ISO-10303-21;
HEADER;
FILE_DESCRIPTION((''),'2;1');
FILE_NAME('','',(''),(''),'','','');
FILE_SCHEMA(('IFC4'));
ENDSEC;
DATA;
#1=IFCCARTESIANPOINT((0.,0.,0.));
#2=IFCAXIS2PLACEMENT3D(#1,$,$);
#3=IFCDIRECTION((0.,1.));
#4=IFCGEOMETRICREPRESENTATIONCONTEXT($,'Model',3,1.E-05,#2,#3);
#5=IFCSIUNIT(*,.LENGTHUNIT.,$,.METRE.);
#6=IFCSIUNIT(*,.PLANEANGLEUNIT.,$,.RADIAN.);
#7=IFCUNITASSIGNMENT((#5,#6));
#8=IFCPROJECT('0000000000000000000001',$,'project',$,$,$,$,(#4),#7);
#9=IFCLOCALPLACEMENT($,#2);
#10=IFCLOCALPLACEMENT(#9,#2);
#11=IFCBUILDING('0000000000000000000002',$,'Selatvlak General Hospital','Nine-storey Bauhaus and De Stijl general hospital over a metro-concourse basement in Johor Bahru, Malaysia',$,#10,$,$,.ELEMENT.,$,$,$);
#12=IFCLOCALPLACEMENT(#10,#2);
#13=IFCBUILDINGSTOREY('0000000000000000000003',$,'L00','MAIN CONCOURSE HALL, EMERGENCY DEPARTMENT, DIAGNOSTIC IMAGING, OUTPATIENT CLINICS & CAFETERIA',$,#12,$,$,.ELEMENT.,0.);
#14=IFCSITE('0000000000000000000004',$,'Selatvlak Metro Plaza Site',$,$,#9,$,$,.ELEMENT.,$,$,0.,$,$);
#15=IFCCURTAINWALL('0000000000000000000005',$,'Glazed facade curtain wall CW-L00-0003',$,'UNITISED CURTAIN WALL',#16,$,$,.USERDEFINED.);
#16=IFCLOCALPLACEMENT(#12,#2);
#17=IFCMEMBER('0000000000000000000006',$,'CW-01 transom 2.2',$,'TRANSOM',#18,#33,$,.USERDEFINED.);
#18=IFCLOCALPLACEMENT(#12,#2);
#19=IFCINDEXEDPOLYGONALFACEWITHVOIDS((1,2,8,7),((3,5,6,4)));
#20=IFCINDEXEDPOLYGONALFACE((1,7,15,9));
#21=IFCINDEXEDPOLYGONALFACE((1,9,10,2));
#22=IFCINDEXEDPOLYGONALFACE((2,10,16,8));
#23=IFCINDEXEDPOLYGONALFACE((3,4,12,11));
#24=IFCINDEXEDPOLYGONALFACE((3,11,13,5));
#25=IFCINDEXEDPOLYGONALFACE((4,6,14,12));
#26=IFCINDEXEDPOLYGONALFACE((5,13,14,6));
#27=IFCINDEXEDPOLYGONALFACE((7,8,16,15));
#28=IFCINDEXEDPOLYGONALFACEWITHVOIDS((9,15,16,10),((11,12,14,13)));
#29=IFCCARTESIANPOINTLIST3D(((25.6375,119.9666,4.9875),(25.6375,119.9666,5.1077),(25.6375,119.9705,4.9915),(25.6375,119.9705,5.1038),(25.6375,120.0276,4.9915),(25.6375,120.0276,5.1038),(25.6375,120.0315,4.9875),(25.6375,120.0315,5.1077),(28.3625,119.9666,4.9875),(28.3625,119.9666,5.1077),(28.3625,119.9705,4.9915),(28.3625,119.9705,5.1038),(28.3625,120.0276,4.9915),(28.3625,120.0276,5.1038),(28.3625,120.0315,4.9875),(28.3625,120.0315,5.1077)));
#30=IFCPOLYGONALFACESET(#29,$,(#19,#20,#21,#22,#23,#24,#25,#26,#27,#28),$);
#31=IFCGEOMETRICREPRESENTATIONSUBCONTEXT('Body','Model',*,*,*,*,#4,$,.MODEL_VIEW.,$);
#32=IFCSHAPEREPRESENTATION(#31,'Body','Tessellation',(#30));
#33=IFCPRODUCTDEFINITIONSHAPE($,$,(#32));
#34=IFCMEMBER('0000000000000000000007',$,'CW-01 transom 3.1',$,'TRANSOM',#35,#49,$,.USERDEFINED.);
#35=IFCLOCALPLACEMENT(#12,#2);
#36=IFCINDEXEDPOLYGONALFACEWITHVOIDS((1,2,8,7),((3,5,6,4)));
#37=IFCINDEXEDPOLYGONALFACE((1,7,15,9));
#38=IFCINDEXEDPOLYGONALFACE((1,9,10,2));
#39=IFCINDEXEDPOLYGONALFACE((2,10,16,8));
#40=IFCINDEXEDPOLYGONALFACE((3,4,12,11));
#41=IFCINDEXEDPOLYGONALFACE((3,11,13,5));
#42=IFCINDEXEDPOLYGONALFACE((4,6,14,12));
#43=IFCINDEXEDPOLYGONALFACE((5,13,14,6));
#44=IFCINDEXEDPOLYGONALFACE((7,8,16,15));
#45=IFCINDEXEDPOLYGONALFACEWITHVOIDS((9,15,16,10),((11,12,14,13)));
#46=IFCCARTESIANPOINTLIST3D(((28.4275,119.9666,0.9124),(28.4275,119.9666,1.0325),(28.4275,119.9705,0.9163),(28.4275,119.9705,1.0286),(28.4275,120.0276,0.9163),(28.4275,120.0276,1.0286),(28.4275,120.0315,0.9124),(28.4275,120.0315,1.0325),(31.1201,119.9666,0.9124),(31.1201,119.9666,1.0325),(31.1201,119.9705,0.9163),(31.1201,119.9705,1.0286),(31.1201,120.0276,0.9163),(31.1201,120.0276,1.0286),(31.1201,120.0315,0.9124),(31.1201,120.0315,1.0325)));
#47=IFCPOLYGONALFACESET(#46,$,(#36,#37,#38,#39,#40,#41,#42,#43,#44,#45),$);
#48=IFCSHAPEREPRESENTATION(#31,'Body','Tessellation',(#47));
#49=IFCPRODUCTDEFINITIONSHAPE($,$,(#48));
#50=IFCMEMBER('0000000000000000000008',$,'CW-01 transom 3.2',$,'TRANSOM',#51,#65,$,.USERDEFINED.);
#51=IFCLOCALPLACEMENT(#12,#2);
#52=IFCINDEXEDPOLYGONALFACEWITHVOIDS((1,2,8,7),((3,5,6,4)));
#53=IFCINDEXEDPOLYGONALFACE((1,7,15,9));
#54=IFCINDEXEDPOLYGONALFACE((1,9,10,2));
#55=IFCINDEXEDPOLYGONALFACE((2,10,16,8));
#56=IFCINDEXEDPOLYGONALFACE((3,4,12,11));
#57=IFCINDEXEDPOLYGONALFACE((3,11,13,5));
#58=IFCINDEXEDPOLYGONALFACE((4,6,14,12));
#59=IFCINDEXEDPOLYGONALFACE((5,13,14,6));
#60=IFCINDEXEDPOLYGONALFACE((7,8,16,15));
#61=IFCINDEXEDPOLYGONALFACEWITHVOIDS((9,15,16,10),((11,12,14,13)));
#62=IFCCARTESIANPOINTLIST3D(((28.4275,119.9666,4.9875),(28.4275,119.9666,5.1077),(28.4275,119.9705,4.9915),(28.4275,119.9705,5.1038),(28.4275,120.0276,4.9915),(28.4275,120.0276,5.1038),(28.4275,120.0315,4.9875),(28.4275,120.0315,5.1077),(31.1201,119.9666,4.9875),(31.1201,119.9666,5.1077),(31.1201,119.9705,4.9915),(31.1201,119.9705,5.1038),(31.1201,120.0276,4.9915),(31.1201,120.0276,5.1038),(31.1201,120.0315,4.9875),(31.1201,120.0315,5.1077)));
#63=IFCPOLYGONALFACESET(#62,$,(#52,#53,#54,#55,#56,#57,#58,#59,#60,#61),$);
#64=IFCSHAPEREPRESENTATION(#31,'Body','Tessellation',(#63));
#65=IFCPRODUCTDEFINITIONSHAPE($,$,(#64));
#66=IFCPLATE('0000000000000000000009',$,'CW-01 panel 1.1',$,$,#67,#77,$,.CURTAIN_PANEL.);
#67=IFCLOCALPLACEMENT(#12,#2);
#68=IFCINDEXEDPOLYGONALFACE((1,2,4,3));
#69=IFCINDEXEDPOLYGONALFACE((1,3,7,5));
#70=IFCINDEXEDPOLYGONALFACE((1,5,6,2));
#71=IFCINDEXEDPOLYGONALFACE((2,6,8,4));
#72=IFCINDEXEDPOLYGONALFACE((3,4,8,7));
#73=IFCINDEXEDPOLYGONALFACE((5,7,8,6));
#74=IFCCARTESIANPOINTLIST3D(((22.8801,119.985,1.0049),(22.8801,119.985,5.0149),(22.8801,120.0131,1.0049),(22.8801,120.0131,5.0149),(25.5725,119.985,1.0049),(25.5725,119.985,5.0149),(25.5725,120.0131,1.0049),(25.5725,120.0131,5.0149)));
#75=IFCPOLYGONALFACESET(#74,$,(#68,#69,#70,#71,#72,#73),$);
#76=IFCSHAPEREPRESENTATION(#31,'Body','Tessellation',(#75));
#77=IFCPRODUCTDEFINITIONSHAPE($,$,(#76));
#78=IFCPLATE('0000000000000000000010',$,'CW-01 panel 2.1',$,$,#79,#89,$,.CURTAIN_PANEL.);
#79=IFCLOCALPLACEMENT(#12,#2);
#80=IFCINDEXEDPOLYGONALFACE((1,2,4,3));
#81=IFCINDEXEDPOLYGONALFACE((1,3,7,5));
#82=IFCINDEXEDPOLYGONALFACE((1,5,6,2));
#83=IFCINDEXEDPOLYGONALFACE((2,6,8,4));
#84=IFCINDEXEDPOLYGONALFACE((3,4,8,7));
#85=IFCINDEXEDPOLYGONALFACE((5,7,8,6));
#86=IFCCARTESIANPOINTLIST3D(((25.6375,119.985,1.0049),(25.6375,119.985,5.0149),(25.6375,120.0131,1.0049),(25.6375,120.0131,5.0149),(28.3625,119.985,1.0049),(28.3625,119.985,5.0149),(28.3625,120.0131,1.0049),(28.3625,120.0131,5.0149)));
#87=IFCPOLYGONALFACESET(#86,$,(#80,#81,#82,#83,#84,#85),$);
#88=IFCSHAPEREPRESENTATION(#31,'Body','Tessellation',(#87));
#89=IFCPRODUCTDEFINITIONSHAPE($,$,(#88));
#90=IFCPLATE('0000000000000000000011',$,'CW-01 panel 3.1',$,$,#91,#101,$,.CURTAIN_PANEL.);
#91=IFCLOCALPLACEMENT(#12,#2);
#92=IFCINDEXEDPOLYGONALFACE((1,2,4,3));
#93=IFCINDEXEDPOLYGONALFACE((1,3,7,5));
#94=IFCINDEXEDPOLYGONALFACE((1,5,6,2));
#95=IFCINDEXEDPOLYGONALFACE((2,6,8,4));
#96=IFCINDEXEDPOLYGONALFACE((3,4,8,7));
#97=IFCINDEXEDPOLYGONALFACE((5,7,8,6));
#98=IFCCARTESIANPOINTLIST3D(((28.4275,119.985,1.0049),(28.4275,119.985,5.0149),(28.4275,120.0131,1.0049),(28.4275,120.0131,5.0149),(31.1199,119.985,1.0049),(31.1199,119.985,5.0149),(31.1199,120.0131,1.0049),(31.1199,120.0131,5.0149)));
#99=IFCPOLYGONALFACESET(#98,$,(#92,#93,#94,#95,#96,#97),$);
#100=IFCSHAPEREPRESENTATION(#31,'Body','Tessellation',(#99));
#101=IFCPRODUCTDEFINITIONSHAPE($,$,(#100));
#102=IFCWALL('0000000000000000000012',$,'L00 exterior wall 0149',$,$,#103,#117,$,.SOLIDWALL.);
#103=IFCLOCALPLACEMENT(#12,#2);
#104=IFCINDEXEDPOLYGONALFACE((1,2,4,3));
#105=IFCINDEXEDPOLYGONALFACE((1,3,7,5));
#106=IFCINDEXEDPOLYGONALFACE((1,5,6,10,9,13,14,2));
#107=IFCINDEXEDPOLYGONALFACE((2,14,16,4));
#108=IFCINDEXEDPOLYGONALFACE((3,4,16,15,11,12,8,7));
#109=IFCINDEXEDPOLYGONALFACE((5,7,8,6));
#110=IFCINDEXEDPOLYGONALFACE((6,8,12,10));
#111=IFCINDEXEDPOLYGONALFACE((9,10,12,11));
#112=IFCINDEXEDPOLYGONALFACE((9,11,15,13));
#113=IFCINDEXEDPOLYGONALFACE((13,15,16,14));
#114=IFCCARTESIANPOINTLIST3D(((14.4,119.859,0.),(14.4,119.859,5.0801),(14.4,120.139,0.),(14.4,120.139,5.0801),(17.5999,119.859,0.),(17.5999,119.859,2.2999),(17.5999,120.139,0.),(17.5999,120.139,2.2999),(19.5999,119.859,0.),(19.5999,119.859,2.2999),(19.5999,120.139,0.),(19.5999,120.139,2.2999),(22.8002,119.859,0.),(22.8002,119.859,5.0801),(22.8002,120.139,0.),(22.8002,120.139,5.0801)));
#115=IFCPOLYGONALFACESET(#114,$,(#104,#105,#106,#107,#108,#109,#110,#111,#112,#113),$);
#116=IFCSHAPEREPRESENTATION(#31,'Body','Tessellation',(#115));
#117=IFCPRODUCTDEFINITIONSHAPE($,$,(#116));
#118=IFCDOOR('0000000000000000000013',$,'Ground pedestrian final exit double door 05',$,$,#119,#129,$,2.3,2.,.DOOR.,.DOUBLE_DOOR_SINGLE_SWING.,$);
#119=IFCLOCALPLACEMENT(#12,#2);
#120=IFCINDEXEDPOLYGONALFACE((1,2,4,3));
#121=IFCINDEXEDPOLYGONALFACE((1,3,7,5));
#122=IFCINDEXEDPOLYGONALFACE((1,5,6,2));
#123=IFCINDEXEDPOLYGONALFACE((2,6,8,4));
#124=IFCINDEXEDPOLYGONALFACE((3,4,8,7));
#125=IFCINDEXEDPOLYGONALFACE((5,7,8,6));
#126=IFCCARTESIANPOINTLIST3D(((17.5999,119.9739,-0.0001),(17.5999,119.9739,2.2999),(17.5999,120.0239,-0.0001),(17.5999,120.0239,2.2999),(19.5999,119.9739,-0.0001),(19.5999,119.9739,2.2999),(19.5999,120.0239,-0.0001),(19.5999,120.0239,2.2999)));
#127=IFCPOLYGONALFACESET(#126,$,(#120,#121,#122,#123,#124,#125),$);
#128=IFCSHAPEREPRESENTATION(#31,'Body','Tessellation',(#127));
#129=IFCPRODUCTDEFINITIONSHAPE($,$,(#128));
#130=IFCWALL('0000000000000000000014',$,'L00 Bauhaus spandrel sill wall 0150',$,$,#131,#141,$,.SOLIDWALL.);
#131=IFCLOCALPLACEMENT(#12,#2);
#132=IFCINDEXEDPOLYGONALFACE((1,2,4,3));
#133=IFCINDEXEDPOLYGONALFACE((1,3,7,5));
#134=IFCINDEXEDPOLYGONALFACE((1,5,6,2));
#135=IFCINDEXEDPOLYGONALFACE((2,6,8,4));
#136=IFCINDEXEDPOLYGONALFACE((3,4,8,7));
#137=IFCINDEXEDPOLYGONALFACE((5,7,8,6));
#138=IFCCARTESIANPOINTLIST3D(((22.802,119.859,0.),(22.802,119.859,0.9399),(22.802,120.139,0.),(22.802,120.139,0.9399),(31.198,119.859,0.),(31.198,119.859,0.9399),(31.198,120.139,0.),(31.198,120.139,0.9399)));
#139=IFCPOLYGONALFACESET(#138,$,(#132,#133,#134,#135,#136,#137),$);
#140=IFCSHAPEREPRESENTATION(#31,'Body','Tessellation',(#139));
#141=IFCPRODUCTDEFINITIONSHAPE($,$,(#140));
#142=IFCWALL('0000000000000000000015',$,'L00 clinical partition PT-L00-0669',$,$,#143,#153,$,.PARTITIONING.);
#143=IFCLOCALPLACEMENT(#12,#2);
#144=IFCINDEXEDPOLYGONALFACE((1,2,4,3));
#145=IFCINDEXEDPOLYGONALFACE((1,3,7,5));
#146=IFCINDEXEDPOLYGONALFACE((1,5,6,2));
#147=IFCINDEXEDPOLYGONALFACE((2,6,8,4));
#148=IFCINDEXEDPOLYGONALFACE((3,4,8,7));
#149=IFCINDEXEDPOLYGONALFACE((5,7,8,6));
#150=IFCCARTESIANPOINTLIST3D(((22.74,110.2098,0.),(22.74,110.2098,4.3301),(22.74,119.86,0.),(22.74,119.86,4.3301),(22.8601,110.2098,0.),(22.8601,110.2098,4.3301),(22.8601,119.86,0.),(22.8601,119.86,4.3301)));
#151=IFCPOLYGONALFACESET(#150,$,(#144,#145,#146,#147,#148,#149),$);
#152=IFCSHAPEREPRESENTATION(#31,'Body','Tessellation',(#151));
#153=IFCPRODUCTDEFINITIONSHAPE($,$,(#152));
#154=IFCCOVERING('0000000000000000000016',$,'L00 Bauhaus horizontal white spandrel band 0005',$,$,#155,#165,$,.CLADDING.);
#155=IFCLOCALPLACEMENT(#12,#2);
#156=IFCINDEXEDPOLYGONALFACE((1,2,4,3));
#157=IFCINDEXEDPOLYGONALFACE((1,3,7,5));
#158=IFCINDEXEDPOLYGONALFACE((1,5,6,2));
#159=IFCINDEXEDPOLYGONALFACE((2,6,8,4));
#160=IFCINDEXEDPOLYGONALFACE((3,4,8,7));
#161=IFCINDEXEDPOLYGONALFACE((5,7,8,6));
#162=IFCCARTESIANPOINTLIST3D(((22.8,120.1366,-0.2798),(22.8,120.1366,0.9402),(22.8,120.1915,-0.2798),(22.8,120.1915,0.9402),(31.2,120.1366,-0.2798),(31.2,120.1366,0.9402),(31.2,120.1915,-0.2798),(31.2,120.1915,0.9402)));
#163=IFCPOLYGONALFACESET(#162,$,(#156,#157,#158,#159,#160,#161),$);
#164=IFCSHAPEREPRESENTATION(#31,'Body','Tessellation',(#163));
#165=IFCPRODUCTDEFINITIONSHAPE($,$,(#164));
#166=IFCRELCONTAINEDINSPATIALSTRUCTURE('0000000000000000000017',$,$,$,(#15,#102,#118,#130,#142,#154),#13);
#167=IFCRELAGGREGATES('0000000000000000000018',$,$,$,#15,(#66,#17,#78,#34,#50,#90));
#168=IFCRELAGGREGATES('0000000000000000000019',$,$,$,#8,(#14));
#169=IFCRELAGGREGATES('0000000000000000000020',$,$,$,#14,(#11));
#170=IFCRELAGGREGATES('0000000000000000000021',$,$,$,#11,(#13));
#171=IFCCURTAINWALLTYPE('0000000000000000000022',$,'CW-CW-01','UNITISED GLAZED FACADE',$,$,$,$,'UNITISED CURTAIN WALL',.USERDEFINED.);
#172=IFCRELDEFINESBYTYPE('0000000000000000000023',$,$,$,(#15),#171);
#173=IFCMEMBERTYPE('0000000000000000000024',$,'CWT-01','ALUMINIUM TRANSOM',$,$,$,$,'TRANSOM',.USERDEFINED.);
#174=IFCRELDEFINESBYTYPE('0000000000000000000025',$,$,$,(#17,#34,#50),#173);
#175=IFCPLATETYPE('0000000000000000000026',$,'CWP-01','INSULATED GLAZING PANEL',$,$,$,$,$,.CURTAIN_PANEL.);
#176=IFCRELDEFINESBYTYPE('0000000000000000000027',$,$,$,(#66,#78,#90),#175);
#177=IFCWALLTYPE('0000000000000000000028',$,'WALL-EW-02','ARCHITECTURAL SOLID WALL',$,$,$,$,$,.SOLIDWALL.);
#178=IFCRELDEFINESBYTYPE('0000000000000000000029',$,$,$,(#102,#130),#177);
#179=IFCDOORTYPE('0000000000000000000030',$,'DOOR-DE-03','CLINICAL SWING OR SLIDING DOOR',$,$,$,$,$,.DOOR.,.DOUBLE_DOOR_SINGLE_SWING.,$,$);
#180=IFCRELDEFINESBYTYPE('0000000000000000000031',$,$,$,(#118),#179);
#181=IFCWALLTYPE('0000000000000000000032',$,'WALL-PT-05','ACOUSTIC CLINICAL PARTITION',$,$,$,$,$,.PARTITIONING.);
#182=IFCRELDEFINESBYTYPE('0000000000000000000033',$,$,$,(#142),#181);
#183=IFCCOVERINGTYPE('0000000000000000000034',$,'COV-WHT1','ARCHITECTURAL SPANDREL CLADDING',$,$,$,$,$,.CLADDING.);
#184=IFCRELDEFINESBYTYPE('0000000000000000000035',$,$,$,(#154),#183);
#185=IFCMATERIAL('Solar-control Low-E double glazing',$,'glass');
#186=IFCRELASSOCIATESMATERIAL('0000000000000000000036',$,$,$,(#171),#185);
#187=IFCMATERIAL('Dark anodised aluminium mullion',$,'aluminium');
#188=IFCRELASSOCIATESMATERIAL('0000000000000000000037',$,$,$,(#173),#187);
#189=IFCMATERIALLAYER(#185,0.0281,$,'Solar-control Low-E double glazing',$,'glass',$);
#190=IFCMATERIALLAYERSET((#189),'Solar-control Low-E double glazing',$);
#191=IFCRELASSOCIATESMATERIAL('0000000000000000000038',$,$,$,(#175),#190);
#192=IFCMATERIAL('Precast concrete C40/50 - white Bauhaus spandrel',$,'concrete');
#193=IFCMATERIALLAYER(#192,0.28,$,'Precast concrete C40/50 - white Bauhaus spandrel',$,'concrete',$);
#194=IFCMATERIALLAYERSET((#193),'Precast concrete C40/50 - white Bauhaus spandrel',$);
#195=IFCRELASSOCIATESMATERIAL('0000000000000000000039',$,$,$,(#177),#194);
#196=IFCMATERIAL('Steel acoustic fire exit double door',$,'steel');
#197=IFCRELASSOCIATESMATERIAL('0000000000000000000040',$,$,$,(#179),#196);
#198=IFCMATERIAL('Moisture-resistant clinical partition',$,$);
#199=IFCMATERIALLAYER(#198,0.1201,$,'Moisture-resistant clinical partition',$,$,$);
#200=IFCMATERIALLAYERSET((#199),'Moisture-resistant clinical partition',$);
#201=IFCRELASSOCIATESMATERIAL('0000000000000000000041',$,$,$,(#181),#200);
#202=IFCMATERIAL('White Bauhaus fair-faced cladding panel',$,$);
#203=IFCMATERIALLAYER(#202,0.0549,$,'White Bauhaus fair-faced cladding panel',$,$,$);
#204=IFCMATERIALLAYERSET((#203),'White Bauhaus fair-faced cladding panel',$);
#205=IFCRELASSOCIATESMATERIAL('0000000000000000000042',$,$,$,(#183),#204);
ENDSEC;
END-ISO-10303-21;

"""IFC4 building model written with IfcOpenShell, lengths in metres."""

from ifc_helpers import new_model, si_unit, direction, frame, frame_2d, origin, origin_2d, place, context, subcontext, project, spatial, rectangle, hollow_rectangle, extrude, material, layer, layer_set, material_profile, profile_set, type_object, element, fill, aggregate, save


model = new_model("IFC4")

# Units and contexts
model_context = context("Model", 3, precision=1e-05, world=origin(), true_north=direction((0.0, 1.0)))
body_context = subcontext(model_context, "Body", "Model", "MODEL_VIEW")
ifc_project = project(units=[si_unit("LENGTHUNIT", "METRE"), si_unit("PLANEANGLEUNIT", "RADIAN")], contexts=[model_context])

# Site, building, storey
site_placement = place(None, origin())
site = spatial("IfcSite", under=ifc_project, at=site_placement, Name="Selatvlak Metro Plaza Site", CompositionType="ELEMENT", RefElevation=0.0)
building_placement = place(site_placement, origin())
building = spatial("IfcBuilding", under=site, at=building_placement, Name="Selatvlak General Hospital", Description="Nine-storey Bauhaus and De Stijl general hospital over a metro-concourse basement in Johor Bahru, Malaysia", CompositionType="ELEMENT")
storey_placement = place(building_placement, origin())
storey = spatial("IfcBuildingStorey", under=building, at=storey_placement, Name="L00", Description="MAIN CONCOURSE HALL, EMERGENCY DEPARTMENT, DIAGNOSTIC IMAGING, OUTPATIENT CLINICS & CAFETERIA", CompositionType="ELEMENT", Elevation=0.0)

# Curtain wall, members, plates
ifc_material_1 = material(Name="Solar-control Low-E double glazing", Category="glass")
curtain_wall_type = type_object("IfcCurtainWallType", Name="CW-CW-01", Description="UNITISED GLAZED FACADE", ElementType="UNITISED CURTAIN WALL", PredefinedType="USERDEFINED", material=ifc_material_1)
curtain_wall_placement = place(storey_placement, origin())
curtain_wall = element("IfcCurtainWall", 1, at=curtain_wall_placement, inside=storey, type_object=curtain_wall_type, Name="Glazed facade curtain wall CW-L00-0003", ObjectType="UNITISED CURTAIN WALL", PredefinedType="USERDEFINED")
ifc_material_2 = material(Name="Dark anodised aluminium mullion", Category="aluminium")
ifc_material_profile_1 = material_profile(ifc_material_2, hollow_rectangle(XDim=0.0649, YDim=0.1201, WallThickness=0.0039, at=origin_2d()), Name="AL-TRN 65x120x4")
ifc_profile_set_1 = profile_set([ifc_material_profile_1], Name="Dark anodised aluminium mullion")
member_type_1 = type_object("IfcMemberType", Name="CWT-01", Description="ALUMINIUM TRANSOM", ElementType="TRANSOM", PredefinedType="USERDEFINED", material=ifc_profile_set_1)
member_1_placement = place(storey_placement, frame((25.6375, 119.999, 5.0476), z_axis=(1.0, 0.0, 0.0), x_axis=(0.0, 1.0, 0.0)))
member_1 = element("IfcMember", 2, at=member_1_placement, type_object=member_type_1, Name="CW-01 transom 2.2", ObjectType="TRANSOM", PredefinedType="USERDEFINED", context=body_context, shape_type="SweptSolid", body=[
    extrude(hollow_rectangle(XDim=0.0649, YDim=0.1201, WallThickness=0.0039, at=origin_2d()), origin(), (0.0, 0.0, 1.0), 2.7251),
])
member_2_placement = place(storey_placement, frame((28.4275, 119.999, 0.9724), z_axis=(1.0, 0.0, 0.0), x_axis=(0.0, 1.0, 0.0)))
member_2 = element("IfcMember", 3, at=member_2_placement, type_object=member_type_1, Name="CW-01 transom 3.1", ObjectType="TRANSOM", PredefinedType="USERDEFINED", context=body_context, shape_type="SweptSolid", body=[
    extrude(hollow_rectangle(XDim=0.0649, YDim=0.1201, WallThickness=0.0039, at=origin_2d()), origin(), (0.0, 0.0, 1.0), 2.6926),
])
member_3_placement = place(storey_placement, frame((28.4275, 119.999, 5.0476), z_axis=(1.0, 0.0, 0.0), x_axis=(0.0, 1.0, 0.0)))
member_3 = element("IfcMember", 4, at=member_3_placement, type_object=member_type_1, Name="CW-01 transom 3.2", ObjectType="TRANSOM", PredefinedType="USERDEFINED", context=body_context, shape_type="SweptSolid", body=[
    extrude(hollow_rectangle(XDim=0.0649, YDim=0.1201, WallThickness=0.0039, at=origin_2d()), origin(), (0.0, 0.0, 1.0), 2.6926),
])
ifc_layer_1 = layer(ifc_material_1, 0.0281, Name="Solar-control Low-E double glazing", Category="glass")
ifc_layer_set_1 = layer_set([ifc_layer_1], Name="Solar-control Low-E double glazing")
plate_type = type_object("IfcPlateType", Name="CWP-01", Description="INSULATED GLAZING PANEL", PredefinedType="CURTAIN_PANEL", material=ifc_layer_set_1)
plate_1_placement = place(storey_placement, frame((24.2263, 119.999, 1.0049), z_axis=(0.0, 0.0, 1.0), x_axis=(1.0, 0.0, 0.0)))
plate_1 = element("IfcPlate", 5, at=plate_1_placement, type_object=plate_type, Name="CW-01 panel 1.1", PredefinedType="CURTAIN_PANEL", context=body_context, shape_type="SweptSolid", body=[
    extrude(rectangle(XDim=2.6924, YDim=0.0281, at=origin_2d()), origin(), (0.0, 0.0, 1.0), 4.01),
])
plate_2_placement = place(storey_placement, frame((27.0, 119.999, 1.0049), z_axis=(0.0, 0.0, 1.0), x_axis=(1.0, 0.0, 0.0)))
plate_2 = element("IfcPlate", 6, at=plate_2_placement, type_object=plate_type, Name="CW-01 panel 2.1", PredefinedType="CURTAIN_PANEL", context=body_context, shape_type="SweptSolid", body=[
    extrude(rectangle(XDim=2.7251, YDim=0.0281, at=origin_2d()), origin(), (0.0, 0.0, 1.0), 4.01),
])
plate_3_placement = place(storey_placement, frame((29.7737, 119.999, 1.0049), z_axis=(0.0, 0.0, 1.0), x_axis=(1.0, 0.0, 0.0)))
plate_3 = element("IfcPlate", 7, at=plate_3_placement, type_object=plate_type, Name="CW-01 panel 3.1", PredefinedType="CURTAIN_PANEL", context=body_context, shape_type="SweptSolid", body=[
    extrude(rectangle(XDim=2.6924, YDim=0.0281, at=origin_2d()), origin(), (0.0, 0.0, 1.0), 4.01),
])
aggregate(curtain_wall, [plate_1, member_1, plate_2, member_2, member_3, plate_3])

# Wall, opening, door
ifc_material_3 = material(Name="Precast concrete C40/50 - white Bauhaus spandrel", Category="concrete")
ifc_layer_2 = layer(ifc_material_3, 0.28, Name="Precast concrete C40/50 - white Bauhaus spandrel", Category="concrete")
ifc_layer_set_2 = layer_set([ifc_layer_2], Name="Precast concrete C40/50 - white Bauhaus spandrel")
wall_type_1 = type_object("IfcWallType", Name="WALL-EW-02", Description="ARCHITECTURAL SOLID WALL", PredefinedType="SOLIDWALL", material=ifc_layer_set_2)
wall_1_placement = place(storey_placement, frame((14.3999, 119.999, 0.0), z_axis=(0.0, 0.0, 1.0), x_axis=(1.0, 0.0, 0.0)))
wall_1 = element("IfcWall", 8, at=wall_1_placement, inside=storey, type_object=wall_type_1, Name="L00 exterior wall 0149", PredefinedType="SOLIDWALL", context=body_context, shape_type="SweptSolid", body=[
    extrude(rectangle(XDim=8.4001, YDim=0.28, at=frame_2d((4.2002, 0.0))), origin(), (0.0, 0.0, 1.0), 5.0801),
])
opening_placement = place(wall_1_placement, frame((3.2, 0.0, 0.0)))
opening = element("IfcOpeningElement", 9, at=opening_placement, cuts=wall_1, PredefinedType="OPENING", context=body_context, shape_type="SweptSolid", body=[
    extrude(rectangle(XDim=2.0, YDim=2.3, at=frame_2d((1.0, 1.1499))), frame((0.0, 0.1499, 0.0), z_axis=(0.0, -1.0, 0.0), x_axis=(1.0, 0.0, 0.0)), (0.0, 0.0, 1.0), 0.3),
])
ifc_material_4 = material(Name="Steel acoustic fire exit double door", Category="steel")
door_type = type_object("IfcDoorType", Name="DOOR-DE-03", Description="CLINICAL SWING OR SLIDING DOOR", OperationType="DOUBLE_DOOR_SINGLE_SWING", PredefinedType="DOOR", material=ifc_material_4)
door_placement = place(opening_placement, origin())
door = element("IfcDoor", 10, at=door_placement, inside=storey, type_object=door_type, Name="Ground pedestrian final exit double door 05", OperationType="DOUBLE_DOOR_SINGLE_SWING", OverallHeight=2.3, OverallWidth=2.0, PredefinedType="DOOR", context=body_context, shape_type="SweptSolid", body=[
    extrude(rectangle(XDim=2.0, YDim=2.3, at=frame_2d((1.0, 1.1499))), frame((0.0, 0.0249, 0.0), z_axis=(0.0, -1.0, 0.0), x_axis=(1.0, 0.0, 0.0)), (0.0, 0.0, 1.0), 0.05),
])
fill(opening, door)

# Walls
wall_2_placement = place(storey_placement, frame((22.802, 119.999, 0.0), z_axis=(0.0, 0.0, 1.0), x_axis=(1.0, 0.0, 0.0)))
element("IfcWall", 11, at=wall_2_placement, inside=storey, type_object=wall_type_1, Name="L00 Bauhaus spandrel sill wall 0150", PredefinedType="SOLIDWALL", context=body_context, shape_type="SweptSolid", body=[
    extrude(rectangle(XDim=8.396, YDim=0.28, at=frame_2d((4.198, 0.0))), origin(), (0.0, 0.0, 1.0), 0.9399),
])
ifc_material_5 = material(Name="Moisture-resistant clinical partition")
ifc_layer_3 = layer(ifc_material_5, 0.1201, Name="Moisture-resistant clinical partition")
ifc_layer_set_3 = layer_set([ifc_layer_3], Name="Moisture-resistant clinical partition")
wall_type_2 = type_object("IfcWallType", Name="WALL-PT-05", Description="ACOUSTIC CLINICAL PARTITION", PredefinedType="PARTITIONING", material=ifc_layer_set_3)
wall_3_placement = place(storey_placement, frame((22.8, 119.8601, 0.0), z_axis=(0.0, 0.0, 1.0), x_axis=(0.0, -1.0, 0.0)))
element("IfcWall", 12, at=wall_3_placement, inside=storey, type_object=wall_type_2, Name="L00 clinical partition PT-L00-0669", PredefinedType="PARTITIONING", context=body_context, shape_type="SweptSolid", body=[
    extrude(rectangle(XDim=9.6501, YDim=0.1201, at=frame_2d((4.8252, 0.0))), origin(), (0.0, 0.0, 1.0), 4.3301),
])

# Covering
ifc_material_6 = material(Name="White Bauhaus fair-faced cladding panel")
ifc_layer_4 = layer(ifc_material_6, 0.0549, Name="White Bauhaus fair-faced cladding panel")
ifc_layer_set_4 = layer_set([ifc_layer_4], Name="White Bauhaus fair-faced cladding panel")
covering_type = type_object("IfcCoveringType", Name="COV-WHT1", Description="ARCHITECTURAL SPANDREL CLADDING", PredefinedType="CLADDING", material=ifc_layer_set_4)
covering_placement = place(storey_placement, frame((27.0, 120.1641, -0.2798), z_axis=(0.0, 0.0, 1.0), x_axis=(1.0, 0.0, 0.0)))
element("IfcCovering", 13, at=covering_placement, inside=storey, type_object=covering_type, Name="L00 Bauhaus horizontal white spandrel band 0005", PredefinedType="CLADDING", context=body_context, shape_type="SweptSolid", body=[
    extrude(rectangle(XDim=8.3999, YDim=0.0549, at=origin_2d()), origin(), (0.0, 0.0, 1.0), 1.22),
])

save(model, "model.ifc")
